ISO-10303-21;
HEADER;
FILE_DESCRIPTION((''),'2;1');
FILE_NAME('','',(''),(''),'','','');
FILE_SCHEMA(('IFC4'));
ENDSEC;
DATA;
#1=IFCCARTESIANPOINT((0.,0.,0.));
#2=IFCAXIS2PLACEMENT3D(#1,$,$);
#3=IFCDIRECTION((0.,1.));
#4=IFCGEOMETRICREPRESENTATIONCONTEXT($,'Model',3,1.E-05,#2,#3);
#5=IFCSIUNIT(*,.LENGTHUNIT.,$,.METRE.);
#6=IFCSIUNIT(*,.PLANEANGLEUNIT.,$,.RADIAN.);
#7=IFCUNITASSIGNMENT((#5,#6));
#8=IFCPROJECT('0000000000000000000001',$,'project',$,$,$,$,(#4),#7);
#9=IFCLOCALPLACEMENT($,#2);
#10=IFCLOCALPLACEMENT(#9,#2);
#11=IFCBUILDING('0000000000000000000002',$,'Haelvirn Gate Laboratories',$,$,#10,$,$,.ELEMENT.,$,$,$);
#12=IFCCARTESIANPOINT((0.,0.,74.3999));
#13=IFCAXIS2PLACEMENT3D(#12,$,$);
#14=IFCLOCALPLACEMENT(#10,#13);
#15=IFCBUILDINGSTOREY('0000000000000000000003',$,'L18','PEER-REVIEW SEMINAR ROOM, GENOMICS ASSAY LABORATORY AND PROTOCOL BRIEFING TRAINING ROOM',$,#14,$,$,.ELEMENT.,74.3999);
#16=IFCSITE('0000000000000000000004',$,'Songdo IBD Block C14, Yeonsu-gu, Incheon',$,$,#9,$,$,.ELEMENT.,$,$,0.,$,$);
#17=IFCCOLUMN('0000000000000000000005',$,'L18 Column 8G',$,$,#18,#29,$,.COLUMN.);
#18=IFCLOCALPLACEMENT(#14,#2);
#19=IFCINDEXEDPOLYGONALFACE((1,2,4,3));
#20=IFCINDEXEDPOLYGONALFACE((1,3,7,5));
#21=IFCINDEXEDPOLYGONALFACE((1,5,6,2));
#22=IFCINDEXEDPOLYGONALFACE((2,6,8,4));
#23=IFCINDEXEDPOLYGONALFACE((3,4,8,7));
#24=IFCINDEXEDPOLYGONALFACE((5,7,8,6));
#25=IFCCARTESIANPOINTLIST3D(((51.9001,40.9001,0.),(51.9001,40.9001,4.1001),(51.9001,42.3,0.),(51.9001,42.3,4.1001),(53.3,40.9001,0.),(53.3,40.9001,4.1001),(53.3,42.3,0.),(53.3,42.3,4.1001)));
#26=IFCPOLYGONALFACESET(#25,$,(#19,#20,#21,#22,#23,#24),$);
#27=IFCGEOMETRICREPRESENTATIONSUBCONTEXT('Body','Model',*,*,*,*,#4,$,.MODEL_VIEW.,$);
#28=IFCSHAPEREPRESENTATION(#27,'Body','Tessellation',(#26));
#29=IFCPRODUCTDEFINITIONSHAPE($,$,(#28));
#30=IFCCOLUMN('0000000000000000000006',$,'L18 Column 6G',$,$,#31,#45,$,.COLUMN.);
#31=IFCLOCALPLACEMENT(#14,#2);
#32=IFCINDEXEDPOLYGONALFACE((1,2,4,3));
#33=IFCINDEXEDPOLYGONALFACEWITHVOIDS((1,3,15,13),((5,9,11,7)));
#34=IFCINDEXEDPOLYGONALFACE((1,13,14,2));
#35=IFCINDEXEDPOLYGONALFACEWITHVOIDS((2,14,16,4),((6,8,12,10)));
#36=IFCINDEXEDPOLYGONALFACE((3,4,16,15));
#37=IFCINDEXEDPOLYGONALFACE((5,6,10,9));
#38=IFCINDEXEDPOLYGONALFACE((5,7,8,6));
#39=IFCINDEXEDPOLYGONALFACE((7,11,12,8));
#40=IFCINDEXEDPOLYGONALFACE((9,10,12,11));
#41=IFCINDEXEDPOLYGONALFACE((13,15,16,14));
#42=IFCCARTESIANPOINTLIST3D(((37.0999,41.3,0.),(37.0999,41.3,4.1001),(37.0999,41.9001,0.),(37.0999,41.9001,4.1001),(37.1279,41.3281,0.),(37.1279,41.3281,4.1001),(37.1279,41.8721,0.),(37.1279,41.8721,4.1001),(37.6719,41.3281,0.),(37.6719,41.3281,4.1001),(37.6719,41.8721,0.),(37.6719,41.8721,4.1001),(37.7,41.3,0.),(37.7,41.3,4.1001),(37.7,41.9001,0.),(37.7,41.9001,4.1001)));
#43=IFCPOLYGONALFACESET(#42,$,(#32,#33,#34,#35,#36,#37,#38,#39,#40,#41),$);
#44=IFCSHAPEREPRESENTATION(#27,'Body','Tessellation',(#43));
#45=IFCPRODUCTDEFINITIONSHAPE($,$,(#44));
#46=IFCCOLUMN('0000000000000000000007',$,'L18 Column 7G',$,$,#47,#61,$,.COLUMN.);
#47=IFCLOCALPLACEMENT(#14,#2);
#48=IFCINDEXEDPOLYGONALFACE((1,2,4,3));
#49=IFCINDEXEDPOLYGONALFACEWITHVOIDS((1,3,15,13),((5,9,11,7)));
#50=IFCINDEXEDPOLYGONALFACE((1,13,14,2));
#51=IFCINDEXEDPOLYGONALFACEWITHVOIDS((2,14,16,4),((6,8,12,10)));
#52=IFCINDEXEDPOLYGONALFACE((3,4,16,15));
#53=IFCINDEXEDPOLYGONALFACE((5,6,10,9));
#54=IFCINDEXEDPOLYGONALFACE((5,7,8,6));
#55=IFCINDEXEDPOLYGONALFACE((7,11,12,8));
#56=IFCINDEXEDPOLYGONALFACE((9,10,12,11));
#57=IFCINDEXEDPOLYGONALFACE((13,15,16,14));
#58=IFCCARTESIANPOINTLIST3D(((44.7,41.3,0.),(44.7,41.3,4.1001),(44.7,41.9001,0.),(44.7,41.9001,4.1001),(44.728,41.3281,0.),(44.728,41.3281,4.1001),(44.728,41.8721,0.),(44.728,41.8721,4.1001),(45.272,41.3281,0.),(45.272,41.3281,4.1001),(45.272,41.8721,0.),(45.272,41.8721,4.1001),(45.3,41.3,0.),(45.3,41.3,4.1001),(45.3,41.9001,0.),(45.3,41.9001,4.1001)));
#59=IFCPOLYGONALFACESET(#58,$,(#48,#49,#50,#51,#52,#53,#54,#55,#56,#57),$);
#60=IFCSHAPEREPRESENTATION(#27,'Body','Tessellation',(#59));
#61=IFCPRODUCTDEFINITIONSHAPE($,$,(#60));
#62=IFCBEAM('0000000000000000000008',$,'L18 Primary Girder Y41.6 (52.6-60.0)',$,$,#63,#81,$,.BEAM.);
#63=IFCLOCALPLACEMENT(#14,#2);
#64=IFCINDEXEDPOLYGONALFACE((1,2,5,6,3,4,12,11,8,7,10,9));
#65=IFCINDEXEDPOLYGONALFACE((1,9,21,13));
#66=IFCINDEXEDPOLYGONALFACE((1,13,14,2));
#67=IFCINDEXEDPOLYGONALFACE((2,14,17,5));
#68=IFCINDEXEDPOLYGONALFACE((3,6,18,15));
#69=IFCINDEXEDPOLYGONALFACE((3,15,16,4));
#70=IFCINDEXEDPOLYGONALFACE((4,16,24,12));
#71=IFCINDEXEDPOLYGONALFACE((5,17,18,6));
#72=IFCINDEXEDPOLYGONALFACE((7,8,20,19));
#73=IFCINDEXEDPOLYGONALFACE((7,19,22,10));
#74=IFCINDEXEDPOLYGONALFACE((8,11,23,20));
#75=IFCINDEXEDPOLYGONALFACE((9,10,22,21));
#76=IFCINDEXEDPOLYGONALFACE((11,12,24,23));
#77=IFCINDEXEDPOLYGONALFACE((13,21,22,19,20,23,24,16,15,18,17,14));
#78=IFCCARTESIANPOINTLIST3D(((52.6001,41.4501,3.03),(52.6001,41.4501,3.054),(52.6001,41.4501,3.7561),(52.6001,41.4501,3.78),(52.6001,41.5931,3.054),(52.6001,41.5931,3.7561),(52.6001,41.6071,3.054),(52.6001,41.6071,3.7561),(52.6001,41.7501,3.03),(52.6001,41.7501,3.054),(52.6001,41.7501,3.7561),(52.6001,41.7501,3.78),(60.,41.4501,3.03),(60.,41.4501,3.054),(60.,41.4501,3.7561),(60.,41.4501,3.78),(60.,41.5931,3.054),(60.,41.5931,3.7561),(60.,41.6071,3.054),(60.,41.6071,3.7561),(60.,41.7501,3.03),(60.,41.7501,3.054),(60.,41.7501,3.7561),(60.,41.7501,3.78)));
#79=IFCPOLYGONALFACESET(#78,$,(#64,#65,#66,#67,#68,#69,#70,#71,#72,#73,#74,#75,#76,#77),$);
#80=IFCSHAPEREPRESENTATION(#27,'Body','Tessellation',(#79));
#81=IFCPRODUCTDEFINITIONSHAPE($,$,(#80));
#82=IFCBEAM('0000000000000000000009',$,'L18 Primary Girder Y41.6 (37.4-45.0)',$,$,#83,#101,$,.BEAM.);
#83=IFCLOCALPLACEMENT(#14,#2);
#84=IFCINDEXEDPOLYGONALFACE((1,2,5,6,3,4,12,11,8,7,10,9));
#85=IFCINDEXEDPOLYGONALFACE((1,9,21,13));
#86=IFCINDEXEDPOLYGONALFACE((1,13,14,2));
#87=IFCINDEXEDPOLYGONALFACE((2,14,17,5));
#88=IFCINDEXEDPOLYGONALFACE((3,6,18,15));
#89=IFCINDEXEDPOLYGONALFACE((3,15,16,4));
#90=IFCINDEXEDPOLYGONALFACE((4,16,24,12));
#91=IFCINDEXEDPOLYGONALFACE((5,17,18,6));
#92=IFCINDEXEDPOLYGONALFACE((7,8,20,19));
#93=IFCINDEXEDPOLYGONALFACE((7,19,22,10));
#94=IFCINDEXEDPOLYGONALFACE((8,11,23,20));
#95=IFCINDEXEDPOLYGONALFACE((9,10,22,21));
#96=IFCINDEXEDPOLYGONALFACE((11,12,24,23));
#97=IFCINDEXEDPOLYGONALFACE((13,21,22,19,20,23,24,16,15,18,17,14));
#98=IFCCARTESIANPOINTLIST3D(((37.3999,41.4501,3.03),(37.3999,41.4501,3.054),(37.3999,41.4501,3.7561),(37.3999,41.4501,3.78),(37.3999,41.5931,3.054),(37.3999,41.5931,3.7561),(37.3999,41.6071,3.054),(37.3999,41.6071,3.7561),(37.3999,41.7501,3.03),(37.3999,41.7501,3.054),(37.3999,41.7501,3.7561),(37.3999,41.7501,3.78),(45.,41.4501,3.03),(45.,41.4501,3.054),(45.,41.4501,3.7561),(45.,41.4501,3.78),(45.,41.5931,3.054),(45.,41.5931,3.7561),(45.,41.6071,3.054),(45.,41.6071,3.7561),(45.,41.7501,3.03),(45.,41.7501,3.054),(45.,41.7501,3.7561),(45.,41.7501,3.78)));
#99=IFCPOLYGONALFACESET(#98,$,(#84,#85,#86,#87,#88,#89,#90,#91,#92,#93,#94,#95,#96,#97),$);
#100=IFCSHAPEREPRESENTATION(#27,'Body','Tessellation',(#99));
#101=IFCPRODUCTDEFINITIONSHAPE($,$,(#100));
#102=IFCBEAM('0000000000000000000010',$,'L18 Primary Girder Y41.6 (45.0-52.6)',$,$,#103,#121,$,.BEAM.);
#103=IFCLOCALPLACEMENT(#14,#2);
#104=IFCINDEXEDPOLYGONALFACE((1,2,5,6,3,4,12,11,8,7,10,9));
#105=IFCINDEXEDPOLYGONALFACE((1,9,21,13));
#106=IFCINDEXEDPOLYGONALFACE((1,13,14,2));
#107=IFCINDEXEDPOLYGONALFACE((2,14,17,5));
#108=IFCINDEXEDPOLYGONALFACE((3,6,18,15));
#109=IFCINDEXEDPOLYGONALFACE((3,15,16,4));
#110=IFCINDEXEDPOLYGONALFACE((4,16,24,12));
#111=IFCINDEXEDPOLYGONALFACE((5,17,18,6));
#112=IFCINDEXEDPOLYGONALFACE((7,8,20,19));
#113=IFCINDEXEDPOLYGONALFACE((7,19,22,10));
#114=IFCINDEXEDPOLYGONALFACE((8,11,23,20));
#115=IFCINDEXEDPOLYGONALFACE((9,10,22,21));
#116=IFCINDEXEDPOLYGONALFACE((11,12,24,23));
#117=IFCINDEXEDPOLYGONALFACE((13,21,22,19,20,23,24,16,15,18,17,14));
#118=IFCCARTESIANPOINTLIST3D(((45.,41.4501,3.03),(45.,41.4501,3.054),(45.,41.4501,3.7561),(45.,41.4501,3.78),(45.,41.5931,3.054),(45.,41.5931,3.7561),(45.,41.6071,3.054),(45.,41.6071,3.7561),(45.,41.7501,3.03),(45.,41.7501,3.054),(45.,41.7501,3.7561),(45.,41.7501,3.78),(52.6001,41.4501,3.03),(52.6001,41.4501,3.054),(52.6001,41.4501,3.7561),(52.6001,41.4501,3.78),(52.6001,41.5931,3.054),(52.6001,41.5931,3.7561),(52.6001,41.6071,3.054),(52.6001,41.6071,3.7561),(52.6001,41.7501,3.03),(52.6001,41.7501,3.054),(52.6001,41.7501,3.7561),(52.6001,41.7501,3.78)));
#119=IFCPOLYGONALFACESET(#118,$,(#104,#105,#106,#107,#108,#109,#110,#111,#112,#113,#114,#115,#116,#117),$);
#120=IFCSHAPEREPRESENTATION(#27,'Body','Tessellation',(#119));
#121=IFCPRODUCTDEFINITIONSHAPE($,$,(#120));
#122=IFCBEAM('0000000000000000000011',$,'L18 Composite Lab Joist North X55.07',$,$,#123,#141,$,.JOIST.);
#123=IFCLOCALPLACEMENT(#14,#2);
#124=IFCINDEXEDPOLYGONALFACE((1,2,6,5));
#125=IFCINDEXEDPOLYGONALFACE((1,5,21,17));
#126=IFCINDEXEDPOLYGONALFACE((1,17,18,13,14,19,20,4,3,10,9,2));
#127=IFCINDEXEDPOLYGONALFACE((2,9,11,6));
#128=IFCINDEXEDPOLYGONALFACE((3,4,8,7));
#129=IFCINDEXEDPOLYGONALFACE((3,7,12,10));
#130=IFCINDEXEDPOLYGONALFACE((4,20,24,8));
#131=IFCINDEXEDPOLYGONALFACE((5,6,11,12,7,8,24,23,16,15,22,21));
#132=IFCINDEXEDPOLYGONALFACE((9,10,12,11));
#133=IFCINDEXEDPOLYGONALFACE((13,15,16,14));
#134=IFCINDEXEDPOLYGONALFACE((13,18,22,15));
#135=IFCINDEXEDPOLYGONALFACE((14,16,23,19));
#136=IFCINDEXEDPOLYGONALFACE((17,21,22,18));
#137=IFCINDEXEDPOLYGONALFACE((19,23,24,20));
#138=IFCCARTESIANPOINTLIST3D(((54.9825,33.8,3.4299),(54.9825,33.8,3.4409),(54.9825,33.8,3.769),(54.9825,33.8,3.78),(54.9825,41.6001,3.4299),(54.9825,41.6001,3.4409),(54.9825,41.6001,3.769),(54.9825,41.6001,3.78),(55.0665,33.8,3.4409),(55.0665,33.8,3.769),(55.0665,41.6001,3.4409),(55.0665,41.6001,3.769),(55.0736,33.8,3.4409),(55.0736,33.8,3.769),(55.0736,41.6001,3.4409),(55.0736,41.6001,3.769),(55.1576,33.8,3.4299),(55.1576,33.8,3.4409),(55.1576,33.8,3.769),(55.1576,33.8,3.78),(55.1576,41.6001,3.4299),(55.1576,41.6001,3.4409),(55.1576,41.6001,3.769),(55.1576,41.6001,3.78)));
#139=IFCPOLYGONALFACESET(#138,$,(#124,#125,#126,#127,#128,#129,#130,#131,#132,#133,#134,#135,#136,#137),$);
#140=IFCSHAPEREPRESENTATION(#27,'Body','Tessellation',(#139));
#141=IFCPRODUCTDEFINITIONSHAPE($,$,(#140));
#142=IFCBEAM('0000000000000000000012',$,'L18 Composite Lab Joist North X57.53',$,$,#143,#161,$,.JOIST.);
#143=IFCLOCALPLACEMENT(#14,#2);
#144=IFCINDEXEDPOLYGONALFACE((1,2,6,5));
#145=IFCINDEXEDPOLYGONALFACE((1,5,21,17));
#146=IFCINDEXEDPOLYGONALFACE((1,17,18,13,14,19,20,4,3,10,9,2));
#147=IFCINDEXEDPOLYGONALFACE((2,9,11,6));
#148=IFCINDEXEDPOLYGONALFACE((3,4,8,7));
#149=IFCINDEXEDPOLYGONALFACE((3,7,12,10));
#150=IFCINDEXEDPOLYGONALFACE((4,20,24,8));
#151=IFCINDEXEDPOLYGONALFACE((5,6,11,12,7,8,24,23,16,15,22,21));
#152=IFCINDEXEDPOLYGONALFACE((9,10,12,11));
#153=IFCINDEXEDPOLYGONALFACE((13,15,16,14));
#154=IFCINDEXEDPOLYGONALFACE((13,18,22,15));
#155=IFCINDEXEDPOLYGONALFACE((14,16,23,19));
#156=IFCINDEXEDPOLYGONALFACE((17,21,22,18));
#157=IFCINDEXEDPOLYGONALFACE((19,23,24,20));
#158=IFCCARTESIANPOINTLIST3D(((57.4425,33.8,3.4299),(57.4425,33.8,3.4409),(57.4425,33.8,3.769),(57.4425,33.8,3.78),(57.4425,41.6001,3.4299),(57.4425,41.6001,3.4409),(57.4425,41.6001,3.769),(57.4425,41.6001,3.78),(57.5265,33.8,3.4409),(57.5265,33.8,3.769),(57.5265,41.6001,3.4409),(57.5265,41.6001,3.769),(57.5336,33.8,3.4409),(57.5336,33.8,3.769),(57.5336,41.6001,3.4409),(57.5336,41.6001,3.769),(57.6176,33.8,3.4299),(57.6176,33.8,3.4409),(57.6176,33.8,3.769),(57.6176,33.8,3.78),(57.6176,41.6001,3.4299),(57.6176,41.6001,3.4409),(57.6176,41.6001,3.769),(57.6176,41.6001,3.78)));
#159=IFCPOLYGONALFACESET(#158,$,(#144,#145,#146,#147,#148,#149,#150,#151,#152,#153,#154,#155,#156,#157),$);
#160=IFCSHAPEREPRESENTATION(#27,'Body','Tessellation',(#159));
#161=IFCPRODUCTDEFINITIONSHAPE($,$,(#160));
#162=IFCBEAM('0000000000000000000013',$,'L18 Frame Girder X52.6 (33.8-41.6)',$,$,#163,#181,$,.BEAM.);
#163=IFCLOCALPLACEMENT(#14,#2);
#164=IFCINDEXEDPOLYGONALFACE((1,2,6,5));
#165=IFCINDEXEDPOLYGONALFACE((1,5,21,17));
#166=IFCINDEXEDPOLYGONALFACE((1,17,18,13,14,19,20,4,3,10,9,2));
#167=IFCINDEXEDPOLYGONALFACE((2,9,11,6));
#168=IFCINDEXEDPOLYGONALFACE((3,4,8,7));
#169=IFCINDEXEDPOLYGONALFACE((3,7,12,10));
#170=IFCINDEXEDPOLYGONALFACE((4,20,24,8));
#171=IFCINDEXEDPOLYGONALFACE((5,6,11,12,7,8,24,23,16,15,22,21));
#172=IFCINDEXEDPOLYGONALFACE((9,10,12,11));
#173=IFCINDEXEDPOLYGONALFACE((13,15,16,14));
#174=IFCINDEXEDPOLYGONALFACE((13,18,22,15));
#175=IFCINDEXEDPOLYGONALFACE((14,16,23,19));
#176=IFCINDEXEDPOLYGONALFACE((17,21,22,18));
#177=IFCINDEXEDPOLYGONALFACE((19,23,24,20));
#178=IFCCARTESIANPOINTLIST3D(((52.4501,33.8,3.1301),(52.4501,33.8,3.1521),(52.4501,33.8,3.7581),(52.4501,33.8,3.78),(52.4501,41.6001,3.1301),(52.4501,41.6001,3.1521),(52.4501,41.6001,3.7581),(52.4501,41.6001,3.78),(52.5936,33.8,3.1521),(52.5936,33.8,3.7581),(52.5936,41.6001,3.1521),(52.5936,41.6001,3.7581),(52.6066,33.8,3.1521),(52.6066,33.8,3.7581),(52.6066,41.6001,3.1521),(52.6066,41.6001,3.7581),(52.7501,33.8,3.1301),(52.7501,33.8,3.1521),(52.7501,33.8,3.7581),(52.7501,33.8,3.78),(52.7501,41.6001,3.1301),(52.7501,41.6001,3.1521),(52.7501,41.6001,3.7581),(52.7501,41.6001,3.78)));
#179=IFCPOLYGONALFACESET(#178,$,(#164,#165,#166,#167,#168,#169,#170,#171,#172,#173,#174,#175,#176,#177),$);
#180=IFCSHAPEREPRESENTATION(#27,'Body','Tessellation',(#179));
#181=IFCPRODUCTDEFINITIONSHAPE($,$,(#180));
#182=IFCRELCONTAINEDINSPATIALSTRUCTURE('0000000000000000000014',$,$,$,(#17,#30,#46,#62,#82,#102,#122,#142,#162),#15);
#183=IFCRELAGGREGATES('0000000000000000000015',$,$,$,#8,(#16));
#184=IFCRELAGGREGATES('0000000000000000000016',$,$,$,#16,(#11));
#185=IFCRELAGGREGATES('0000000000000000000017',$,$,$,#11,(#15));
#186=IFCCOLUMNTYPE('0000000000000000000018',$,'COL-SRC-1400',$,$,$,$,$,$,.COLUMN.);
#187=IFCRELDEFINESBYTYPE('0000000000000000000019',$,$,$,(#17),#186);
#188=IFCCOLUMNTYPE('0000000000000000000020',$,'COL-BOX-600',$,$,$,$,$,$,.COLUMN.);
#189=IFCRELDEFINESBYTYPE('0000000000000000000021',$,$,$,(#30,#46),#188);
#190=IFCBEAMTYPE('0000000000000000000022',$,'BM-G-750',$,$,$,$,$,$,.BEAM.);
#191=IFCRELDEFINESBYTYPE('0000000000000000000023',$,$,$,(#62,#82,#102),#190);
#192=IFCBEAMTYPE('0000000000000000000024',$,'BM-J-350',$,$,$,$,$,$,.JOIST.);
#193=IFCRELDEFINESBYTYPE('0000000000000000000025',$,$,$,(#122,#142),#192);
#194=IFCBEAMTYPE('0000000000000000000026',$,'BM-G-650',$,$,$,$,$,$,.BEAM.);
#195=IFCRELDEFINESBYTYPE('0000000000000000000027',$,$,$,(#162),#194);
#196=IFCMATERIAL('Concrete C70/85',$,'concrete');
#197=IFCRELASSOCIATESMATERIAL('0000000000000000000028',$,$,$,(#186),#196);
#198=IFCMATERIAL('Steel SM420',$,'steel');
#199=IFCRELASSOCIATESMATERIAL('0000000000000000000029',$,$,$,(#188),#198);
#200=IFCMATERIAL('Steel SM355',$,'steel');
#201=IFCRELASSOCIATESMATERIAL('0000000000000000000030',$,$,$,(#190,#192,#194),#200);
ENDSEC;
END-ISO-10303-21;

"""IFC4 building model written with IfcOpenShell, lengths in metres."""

from ifc_helpers import new_model, si_unit, direction, frame, origin, origin_2d, place, context, subcontext, project, spatial, rectangle, hollow_rectangle, i_section, extrude, source, transform, mapped, material, material_profile, profile_set, type_object, type_shapes, element, save


model = new_model("IFC4")

# Units and contexts
model_context = context("Model", 3, precision=1e-05, world=origin(), true_north=direction((0.0, 1.0)))
body_context = subcontext(model_context, "Body", "Model", "MODEL_VIEW")
ifc_project = project(units=[si_unit("LENGTHUNIT", "METRE"), si_unit("PLANEANGLEUNIT", "RADIAN")], contexts=[model_context])

# Site, building, storey
site_placement = place(None, origin())
site = spatial("IfcSite", under=ifc_project, at=site_placement, Name="Songdo IBD Block C14, Yeonsu-gu, Incheon", CompositionType="ELEMENT", RefElevation=0.0)
building_placement = place(site_placement, origin())
building = spatial("IfcBuilding", under=site, at=building_placement, Name="Haelvirn Gate Laboratories", CompositionType="ELEMENT")
storey_placement = place(building_placement, frame((0.0, 0.0, 74.3999)))
storey = spatial("IfcBuildingStorey", under=building, at=storey_placement, Name="L18", Description="PEER-REVIEW SEMINAR ROOM, GENOMICS ASSAY LABORATORY AND PROTOCOL BRIEFING TRAINING ROOM", CompositionType="ELEMENT", Elevation=74.3999)

# Columns
ifc_material_1 = material(Name="Concrete C70/85", Category="concrete")
ifc_material_profile_1 = material_profile(ifc_material_1, rectangle(XDim=1.3999, YDim=1.3999, at=origin_2d()), Name="SRC-1400x1400")
ifc_profile_set_1 = profile_set([ifc_material_profile_1], Name="Concrete C70/85")
column_type_1 = type_object("IfcColumnType", Name="COL-SRC-1400", PredefinedType="COLUMN", material=ifc_profile_set_1)
shared_shape_1 = source(origin(), body_context, "Body", "SweptSolid", [
    extrude(rectangle(XDim=1.3999, YDim=1.3999, at=origin_2d()), origin(), (0.0, 0.0, 1.0), 4.1001),
])
type_shapes(column_type_1, [shared_shape_1])
column_placement = place(storey_placement, frame((52.6001, 41.6001, 0.0), z_axis=(0.0, 0.0, 1.0), x_axis=(1.0, 0.0, 0.0)))
element("IfcColumn", 1, at=column_placement, inside=storey, type_object=column_type_1, Name="L18 Column 8G", PredefinedType="COLUMN", context=body_context, shape_type="MappedRepresentation", body=[
    mapped(shared_shape_1, transform((0.0, 0.0, 0.0), scale=1.0)),
])
ifc_material_2 = material(Name="Steel SM420", Category="steel")
ifc_material_profile_2 = material_profile(ifc_material_2, hollow_rectangle(XDim=0.6001, YDim=0.6001, WallThickness=0.0281, at=origin_2d()), Name="BOX-600x600x28")
ifc_profile_set_2 = profile_set([ifc_material_profile_2], Name="Steel SM420")
column_type_2 = type_object("IfcColumnType", Name="COL-BOX-600", PredefinedType="COLUMN", material=ifc_profile_set_2)
shared_shape_2 = source(origin(), body_context, "Body", "SweptSolid", [
    extrude(hollow_rectangle(XDim=0.6001, YDim=0.6001, WallThickness=0.0281, at=origin_2d()), origin(), (0.0, 0.0, 1.0), 4.1001),
])
type_shapes(column_type_2, [shared_shape_2])
for number, where, z_axis, x_axis, name in (
    (2, (37.3999, 41.6001, 0.0), (0.0, 0.0, 1.0), (1.0, 0.0, 0.0), "L18 Column 6G"),
    (3, (45.0, 41.6001, 0.0), (0.0, 0.0, 1.0), (1.0, 0.0, 0.0), "L18 Column 7G"),
):
    element("IfcColumn", number, at=place(storey_placement, frame(where, z_axis=z_axis, x_axis=x_axis)), inside=storey, type_object=column_type_2, Name=name, PredefinedType="COLUMN", context=body_context, shape_type="MappedRepresentation", body=[
        mapped(shared_shape_2, transform((0.0, 0.0, 0.0), scale=1.0)),
    ])

# Beams
ifc_material_3 = material(Name="Steel SM355", Category="steel")
ifc_material_profile_3 = material_profile(ifc_material_3, i_section(OverallWidth=0.3, OverallDepth=0.75, WebThickness=0.0139, FlangeThickness=0.0239, at=origin_2d()), Name="H-750x300x14x24")
ifc_profile_set_3 = profile_set([ifc_material_profile_3], Name="Steel SM355")
beam_type_1 = type_object("IfcBeamType", Name="BM-G-750", PredefinedType="BEAM", material=ifc_profile_set_3)
shared_shape_3 = source(origin(), body_context, "Body", "SweptSolid", [
    extrude(i_section(OverallWidth=0.3, OverallDepth=0.75, WebThickness=0.0139, FlangeThickness=0.0239, at=origin_2d()), origin(), (0.0, 0.0, 1.0), 7.3999),
])
beam_1_placement = place(storey_placement, frame((52.6001, 41.6001, 3.405), z_axis=(1.0, 0.0, 0.0), x_axis=(0.0, 1.0, 0.0)))
element("IfcBeam", 4, at=beam_1_placement, inside=storey, type_object=beam_type_1, Name="L18 Primary Girder Y41.6 (52.6-60.0)", PredefinedType="BEAM", context=body_context, shape_type="MappedRepresentation", body=[
    mapped(shared_shape_3, transform((0.0, 0.0, 0.0), scale=1.0)),
])
shared_shape_4 = source(origin(), body_context, "Body", "SweptSolid", [
    extrude(i_section(OverallWidth=0.3, OverallDepth=0.75, WebThickness=0.0139, FlangeThickness=0.0239, at=origin_2d()), origin(), (0.0, 0.0, 1.0), 7.6001),
])
type_shapes(beam_type_1, [shared_shape_3, shared_shape_4])
for number, where, z_axis, x_axis, name in (
    (5, (37.3999, 41.6001, 3.405), (1.0, 0.0, 0.0), (0.0, 1.0, 0.0), "L18 Primary Girder Y41.6 (37.4-45.0)"),
    (6, (45.0, 41.6001, 3.405), (1.0, 0.0, 0.0), (0.0, 1.0, 0.0), "L18 Primary Girder Y41.6 (45.0-52.6)"),
):
    element("IfcBeam", number, at=place(storey_placement, frame(where, z_axis=z_axis, x_axis=x_axis)), inside=storey, type_object=beam_type_1, Name=name, PredefinedType="BEAM", context=body_context, shape_type="MappedRepresentation", body=[
        mapped(shared_shape_4, transform((0.0, 0.0, 0.0), scale=1.0)),
    ])
ifc_material_profile_4 = material_profile(ifc_material_3, i_section(OverallWidth=0.175, OverallDepth=0.3501, WebThickness=0.0071, FlangeThickness=0.011, at=origin_2d()), Name="H-350x175x7x11")
ifc_profile_set_4 = profile_set([ifc_material_profile_4], Name="Steel SM355")
beam_type_2 = type_object("IfcBeamType", Name="BM-J-350", PredefinedType="JOIST", material=ifc_profile_set_4)
shared_shape_5 = source(origin(), body_context, "Body", "SweptSolid", [
    extrude(i_section(OverallWidth=0.175, OverallDepth=0.3501, WebThickness=0.0071, FlangeThickness=0.011, at=origin_2d()), origin(), (0.0, 0.0, 1.0), 7.8),
])
type_shapes(beam_type_2, [shared_shape_5])
for number, where, z_axis, x_axis, name in (
    (7, (55.0701, 33.8, 3.605), (0.0, 1.0, 0.0), (-1.0, 0.0, 0.0), "L18 Composite Lab Joist North X55.07"),
    (8, (57.53, 33.8, 3.605), (0.0, 1.0, 0.0), (-1.0, 0.0, 0.0), "L18 Composite Lab Joist North X57.53"),
):
    element("IfcBeam", number, at=place(storey_placement, frame(where, z_axis=z_axis, x_axis=x_axis)), inside=storey, type_object=beam_type_2, Name=name, PredefinedType="JOIST", context=body_context, shape_type="MappedRepresentation", body=[
        mapped(shared_shape_5, transform((0.0, 0.0, 0.0), scale=1.0)),
    ])
ifc_material_profile_5 = material_profile(ifc_material_3, i_section(OverallWidth=0.3, OverallDepth=0.6499, WebThickness=0.0129, FlangeThickness=0.022, at=origin_2d()), Name="H-650x300x13x22")
ifc_profile_set_5 = profile_set([ifc_material_profile_5], Name="Steel SM355")
beam_type_3 = type_object("IfcBeamType", Name="BM-G-650", PredefinedType="BEAM", material=ifc_profile_set_5)
shared_shape_6 = source(origin(), body_context, "Body", "SweptSolid", [
    extrude(i_section(OverallWidth=0.3, OverallDepth=0.6499, WebThickness=0.0129, FlangeThickness=0.022, at=origin_2d()), origin(), (0.0, 0.0, 1.0), 7.8),
])
type_shapes(beam_type_3, [shared_shape_6])
beam_2_placement = place(storey_placement, frame((52.6001, 33.8, 3.4551), z_axis=(0.0, 1.0, 0.0), x_axis=(-1.0, 0.0, 0.0)))
element("IfcBeam", 9, at=beam_2_placement, inside=storey, type_object=beam_type_3, Name="L18 Frame Girder X52.6 (33.8-41.6)", PredefinedType="BEAM", context=body_context, shape_type="MappedRepresentation", body=[
    mapped(shared_shape_6, transform((0.0, 0.0, 0.0), scale=1.0)),
])

save(model, "model.ifc")
